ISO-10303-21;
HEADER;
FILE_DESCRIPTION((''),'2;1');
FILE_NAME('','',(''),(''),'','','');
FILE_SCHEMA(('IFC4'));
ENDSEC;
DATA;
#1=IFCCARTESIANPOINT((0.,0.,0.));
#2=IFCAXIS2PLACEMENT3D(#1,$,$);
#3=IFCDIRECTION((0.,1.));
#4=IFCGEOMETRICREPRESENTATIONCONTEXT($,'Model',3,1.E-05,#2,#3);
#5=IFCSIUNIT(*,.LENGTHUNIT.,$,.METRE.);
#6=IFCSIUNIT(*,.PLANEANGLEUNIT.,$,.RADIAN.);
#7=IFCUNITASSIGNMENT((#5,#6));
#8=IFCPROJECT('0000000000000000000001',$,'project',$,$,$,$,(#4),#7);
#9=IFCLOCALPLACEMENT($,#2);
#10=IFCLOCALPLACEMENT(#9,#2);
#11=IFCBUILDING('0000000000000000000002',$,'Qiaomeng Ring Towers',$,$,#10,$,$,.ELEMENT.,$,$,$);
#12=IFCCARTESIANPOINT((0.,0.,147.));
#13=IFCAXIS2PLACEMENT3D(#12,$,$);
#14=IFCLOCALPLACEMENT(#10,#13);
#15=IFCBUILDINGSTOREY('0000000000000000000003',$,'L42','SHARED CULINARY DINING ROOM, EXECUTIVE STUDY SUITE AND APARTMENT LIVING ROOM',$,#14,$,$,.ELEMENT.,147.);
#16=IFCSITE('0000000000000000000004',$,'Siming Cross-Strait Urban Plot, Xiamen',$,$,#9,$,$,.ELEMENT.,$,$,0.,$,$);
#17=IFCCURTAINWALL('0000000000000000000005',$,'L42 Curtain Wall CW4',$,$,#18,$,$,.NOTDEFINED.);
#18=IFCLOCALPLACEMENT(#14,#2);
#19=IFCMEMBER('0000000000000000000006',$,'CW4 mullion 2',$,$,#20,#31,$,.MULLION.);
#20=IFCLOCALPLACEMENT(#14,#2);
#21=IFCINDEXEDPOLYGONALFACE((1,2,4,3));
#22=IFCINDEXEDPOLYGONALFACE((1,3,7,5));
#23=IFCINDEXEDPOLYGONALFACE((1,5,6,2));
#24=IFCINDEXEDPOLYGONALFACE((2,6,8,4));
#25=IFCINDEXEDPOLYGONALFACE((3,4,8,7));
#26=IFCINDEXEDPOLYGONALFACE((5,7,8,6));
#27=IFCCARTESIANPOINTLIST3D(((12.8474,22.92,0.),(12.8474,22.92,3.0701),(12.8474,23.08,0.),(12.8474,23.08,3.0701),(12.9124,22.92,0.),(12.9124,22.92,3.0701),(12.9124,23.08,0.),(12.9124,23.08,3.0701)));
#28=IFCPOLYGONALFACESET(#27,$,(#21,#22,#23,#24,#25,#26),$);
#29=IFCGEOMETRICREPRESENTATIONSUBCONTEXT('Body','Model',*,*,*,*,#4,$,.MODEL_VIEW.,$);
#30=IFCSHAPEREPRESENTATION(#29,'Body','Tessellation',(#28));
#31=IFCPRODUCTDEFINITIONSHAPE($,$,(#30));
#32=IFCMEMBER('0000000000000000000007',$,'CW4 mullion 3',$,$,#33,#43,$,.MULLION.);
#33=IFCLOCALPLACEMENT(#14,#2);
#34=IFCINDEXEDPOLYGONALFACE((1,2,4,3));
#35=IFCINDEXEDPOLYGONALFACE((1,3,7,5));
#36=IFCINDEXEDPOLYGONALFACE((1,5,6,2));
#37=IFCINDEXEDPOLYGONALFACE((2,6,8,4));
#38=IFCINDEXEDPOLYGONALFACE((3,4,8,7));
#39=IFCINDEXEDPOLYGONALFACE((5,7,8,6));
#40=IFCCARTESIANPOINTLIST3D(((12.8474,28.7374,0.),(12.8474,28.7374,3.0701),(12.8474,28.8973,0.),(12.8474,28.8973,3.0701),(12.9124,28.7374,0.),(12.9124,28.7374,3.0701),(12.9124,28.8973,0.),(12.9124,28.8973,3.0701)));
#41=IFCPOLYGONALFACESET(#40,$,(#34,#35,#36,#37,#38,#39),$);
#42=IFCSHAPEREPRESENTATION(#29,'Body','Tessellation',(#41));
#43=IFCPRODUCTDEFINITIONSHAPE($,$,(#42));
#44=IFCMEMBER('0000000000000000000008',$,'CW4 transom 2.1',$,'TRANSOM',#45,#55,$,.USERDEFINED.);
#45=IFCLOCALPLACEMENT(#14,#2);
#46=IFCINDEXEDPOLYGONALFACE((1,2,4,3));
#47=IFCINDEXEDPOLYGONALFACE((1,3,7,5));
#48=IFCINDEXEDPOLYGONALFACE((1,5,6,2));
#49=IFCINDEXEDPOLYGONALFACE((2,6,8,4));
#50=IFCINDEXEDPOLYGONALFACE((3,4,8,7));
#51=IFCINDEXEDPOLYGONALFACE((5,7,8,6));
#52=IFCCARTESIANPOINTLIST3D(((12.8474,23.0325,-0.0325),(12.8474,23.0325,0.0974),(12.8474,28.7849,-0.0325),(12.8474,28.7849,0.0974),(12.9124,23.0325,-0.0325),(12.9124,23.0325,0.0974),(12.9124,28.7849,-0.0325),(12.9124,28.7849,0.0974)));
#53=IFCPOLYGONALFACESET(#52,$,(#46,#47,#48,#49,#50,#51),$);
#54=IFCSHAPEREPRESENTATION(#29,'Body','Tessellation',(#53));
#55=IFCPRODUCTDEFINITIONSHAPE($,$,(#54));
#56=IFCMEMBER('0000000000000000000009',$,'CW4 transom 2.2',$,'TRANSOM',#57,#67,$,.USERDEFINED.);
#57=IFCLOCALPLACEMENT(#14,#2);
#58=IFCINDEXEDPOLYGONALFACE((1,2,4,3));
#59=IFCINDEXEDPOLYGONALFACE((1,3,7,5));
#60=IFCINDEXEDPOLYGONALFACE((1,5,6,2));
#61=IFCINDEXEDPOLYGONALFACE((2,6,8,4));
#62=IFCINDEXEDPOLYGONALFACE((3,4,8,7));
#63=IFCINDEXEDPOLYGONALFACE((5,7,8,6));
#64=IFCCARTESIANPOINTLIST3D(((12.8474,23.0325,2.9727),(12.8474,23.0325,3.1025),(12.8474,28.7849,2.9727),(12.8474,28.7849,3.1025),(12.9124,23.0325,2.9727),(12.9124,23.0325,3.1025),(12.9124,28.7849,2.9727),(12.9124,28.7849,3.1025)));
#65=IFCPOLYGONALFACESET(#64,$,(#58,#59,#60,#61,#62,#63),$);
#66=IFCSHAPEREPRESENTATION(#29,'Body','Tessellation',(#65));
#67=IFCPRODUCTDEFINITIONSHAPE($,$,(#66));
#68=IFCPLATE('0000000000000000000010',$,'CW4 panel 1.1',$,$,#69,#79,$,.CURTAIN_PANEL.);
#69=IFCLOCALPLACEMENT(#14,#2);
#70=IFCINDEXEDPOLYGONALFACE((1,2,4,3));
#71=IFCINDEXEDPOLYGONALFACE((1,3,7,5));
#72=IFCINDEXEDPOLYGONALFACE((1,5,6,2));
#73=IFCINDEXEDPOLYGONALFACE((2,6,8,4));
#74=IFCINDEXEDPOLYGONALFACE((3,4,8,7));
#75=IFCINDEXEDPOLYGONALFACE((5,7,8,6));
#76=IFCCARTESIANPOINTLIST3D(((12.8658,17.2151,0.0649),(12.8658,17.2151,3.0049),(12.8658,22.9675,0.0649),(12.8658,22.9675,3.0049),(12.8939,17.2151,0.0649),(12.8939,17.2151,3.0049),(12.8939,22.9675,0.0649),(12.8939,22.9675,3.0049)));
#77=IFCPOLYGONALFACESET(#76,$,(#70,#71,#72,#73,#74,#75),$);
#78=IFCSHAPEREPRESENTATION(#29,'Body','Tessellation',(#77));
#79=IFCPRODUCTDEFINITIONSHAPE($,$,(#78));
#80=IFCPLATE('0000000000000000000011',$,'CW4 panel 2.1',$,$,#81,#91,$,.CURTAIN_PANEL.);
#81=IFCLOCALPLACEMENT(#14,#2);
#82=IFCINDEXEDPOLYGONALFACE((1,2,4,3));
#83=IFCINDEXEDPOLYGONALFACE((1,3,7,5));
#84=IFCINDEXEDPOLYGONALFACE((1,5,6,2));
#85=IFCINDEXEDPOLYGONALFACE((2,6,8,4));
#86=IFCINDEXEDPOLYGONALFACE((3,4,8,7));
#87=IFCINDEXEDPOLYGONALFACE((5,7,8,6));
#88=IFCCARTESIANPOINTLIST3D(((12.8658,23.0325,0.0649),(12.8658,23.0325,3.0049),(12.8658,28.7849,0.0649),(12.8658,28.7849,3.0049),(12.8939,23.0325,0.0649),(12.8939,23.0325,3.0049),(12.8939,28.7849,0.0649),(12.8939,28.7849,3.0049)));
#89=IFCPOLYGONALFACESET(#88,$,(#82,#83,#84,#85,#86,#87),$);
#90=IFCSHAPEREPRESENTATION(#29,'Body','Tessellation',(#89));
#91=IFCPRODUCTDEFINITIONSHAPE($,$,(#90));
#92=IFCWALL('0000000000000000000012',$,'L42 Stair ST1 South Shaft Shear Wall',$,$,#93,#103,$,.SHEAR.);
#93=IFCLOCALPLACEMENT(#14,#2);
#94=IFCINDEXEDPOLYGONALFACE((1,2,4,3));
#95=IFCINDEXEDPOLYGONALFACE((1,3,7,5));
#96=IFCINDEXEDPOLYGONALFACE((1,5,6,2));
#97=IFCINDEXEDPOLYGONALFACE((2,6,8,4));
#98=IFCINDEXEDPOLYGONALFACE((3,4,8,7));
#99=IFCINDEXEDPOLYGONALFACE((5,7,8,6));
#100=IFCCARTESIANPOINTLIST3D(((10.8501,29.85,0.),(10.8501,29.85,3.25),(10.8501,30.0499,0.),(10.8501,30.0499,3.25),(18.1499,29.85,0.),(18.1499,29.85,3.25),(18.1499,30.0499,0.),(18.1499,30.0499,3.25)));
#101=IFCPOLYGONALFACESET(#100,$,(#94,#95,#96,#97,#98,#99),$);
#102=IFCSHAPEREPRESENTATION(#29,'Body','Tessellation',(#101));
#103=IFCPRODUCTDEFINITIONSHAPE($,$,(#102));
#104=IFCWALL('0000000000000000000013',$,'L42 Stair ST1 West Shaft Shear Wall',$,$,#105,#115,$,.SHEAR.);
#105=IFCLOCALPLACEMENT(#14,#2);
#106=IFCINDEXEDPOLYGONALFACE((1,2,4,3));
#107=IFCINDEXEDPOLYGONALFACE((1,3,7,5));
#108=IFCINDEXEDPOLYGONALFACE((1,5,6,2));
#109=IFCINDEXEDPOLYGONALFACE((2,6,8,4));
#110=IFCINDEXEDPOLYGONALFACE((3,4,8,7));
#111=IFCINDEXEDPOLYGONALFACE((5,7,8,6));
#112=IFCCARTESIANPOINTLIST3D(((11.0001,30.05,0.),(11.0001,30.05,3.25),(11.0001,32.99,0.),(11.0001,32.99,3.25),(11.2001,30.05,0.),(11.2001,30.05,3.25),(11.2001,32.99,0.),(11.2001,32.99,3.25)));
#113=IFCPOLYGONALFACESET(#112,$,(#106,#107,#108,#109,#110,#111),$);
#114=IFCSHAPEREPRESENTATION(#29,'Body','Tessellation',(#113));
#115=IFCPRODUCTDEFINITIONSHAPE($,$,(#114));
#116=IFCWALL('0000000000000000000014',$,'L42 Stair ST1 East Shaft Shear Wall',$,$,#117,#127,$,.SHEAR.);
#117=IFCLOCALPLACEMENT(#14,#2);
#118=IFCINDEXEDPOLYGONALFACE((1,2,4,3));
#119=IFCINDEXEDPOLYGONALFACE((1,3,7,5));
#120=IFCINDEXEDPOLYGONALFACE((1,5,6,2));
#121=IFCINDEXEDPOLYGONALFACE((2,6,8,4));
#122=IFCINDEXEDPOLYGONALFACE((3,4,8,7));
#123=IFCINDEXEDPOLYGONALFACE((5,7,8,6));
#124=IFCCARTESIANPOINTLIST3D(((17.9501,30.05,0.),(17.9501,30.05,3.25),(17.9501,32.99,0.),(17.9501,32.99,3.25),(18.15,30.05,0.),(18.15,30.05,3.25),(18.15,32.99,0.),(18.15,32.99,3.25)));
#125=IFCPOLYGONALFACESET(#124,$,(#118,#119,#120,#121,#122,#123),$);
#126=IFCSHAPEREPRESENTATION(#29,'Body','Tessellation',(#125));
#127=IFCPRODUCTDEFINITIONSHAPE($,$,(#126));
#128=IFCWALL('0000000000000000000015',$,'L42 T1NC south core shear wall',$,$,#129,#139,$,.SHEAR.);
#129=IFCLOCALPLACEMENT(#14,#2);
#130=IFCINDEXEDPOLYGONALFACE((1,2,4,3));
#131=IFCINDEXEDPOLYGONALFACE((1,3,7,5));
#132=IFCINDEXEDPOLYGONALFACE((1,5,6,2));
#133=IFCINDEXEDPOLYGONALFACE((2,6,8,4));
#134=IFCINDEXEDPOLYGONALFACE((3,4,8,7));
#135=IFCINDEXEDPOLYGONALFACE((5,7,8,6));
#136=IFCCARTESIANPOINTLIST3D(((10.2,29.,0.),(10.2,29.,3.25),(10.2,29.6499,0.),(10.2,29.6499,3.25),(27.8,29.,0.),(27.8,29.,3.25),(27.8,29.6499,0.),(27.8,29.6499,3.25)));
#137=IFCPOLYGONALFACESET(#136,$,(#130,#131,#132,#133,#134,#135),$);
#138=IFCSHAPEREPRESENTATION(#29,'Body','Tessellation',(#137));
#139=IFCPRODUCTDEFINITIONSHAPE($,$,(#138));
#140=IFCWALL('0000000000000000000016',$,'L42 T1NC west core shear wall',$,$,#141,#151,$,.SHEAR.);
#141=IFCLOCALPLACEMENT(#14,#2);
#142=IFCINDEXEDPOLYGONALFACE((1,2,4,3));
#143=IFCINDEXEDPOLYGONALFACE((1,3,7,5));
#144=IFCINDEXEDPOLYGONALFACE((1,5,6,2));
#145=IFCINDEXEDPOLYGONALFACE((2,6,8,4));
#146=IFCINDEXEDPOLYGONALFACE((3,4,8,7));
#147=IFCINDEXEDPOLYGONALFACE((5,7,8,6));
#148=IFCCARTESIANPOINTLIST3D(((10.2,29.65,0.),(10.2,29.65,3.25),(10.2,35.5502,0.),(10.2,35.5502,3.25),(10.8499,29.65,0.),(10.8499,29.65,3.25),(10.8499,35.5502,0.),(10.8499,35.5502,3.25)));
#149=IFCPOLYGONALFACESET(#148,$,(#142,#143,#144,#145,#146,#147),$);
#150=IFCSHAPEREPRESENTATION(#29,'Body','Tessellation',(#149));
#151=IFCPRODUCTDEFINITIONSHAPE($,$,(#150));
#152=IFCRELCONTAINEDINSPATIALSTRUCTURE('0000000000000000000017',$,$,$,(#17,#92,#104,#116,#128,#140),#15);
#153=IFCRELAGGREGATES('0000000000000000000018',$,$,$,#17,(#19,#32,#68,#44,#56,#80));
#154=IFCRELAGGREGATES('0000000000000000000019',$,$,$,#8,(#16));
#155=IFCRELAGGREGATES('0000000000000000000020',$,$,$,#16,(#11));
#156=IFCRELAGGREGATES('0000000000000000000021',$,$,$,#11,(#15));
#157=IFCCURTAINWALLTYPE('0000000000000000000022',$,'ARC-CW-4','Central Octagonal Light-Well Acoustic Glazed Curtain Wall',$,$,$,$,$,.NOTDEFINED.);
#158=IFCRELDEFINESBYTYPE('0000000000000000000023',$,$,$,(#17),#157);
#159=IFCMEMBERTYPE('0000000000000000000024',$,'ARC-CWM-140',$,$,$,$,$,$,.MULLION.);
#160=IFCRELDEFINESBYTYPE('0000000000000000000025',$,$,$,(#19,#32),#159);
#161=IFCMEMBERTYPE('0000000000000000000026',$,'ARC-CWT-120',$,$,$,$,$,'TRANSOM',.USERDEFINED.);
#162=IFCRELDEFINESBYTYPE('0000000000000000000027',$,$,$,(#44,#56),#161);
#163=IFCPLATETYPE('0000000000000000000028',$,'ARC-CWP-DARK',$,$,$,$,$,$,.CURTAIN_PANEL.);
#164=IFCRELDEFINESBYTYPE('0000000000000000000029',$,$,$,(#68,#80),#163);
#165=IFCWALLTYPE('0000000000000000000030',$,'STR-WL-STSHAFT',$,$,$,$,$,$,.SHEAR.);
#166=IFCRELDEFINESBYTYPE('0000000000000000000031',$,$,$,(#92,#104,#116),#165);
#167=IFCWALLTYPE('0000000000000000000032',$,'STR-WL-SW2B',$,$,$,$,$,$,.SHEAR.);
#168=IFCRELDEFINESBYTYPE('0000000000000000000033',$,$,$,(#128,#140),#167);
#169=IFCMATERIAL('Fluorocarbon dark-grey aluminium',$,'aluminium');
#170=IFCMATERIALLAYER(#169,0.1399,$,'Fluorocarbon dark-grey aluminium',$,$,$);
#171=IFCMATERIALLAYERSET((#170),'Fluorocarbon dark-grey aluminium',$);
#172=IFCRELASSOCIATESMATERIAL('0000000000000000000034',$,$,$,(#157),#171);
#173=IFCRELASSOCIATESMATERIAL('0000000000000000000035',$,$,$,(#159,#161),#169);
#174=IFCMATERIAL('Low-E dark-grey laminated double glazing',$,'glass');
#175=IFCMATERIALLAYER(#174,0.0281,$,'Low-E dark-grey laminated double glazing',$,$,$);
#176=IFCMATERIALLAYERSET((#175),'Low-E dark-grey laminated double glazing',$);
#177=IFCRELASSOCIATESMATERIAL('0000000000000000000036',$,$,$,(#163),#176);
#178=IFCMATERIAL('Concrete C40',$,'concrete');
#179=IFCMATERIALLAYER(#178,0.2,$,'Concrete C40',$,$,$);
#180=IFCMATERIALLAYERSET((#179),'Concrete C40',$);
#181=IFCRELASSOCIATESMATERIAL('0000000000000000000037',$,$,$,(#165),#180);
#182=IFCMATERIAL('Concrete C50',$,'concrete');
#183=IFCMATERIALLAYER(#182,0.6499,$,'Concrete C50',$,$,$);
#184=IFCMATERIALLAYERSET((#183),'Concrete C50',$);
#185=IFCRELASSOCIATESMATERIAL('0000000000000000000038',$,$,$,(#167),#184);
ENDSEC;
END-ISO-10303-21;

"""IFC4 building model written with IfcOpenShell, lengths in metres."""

from ifc_helpers import new_model, si_unit, direction, frame, frame_2d, origin, origin_2d, place, context, subcontext, project, spatial, rectangle, extrude, source, transform, mapped, material, layer, layer_set, material_profile, profile_set, type_object, element, aggregate, save


model = new_model("IFC4")

# Units and contexts
model_context = context("Model", 3, precision=1e-05, world=origin(), true_north=direction((0.0, 1.0)))
body_context = subcontext(model_context, "Body", "Model", "MODEL_VIEW")
ifc_project = project(units=[si_unit("LENGTHUNIT", "METRE"), si_unit("PLANEANGLEUNIT", "RADIAN")], contexts=[model_context])

# Site, building, storey
site_placement = place(None, origin())
site = spatial("IfcSite", under=ifc_project, at=site_placement, Name="Siming Cross-Strait Urban Plot, Xiamen", CompositionType="ELEMENT", RefElevation=0.0)
building_placement = place(site_placement, origin())
building = spatial("IfcBuilding", under=site, at=building_placement, Name="Qiaomeng Ring Towers", CompositionType="ELEMENT")
storey_placement = place(building_placement, frame((0.0, 0.0, 147.0)))
storey = spatial("IfcBuildingStorey", under=building, at=storey_placement, Name="L42", Description="SHARED CULINARY DINING ROOM, EXECUTIVE STUDY SUITE AND APARTMENT LIVING ROOM", CompositionType="ELEMENT", Elevation=147.0)

# Curtain wall, members, plates
ifc_material_1 = material(Name="Fluorocarbon dark-grey aluminium", Category="aluminium")
ifc_layer_1 = layer(ifc_material_1, 0.1399, Name="Fluorocarbon dark-grey aluminium")
ifc_layer_set_1 = layer_set([ifc_layer_1], Name="Fluorocarbon dark-grey aluminium")
curtain_wall_type = type_object("IfcCurtainWallType", Name="ARC-CW-4", Description="Central Octagonal Light-Well Acoustic Glazed Curtain Wall", PredefinedType="NOTDEFINED", material=ifc_layer_set_1)
curtain_wall_placement = place(storey_placement, origin())
curtain_wall = element("IfcCurtainWall", 1, at=curtain_wall_placement, inside=storey, type_object=curtain_wall_type, Name="L42 Curtain Wall CW4", PredefinedType="NOTDEFINED")
ifc_material_profile_1 = material_profile(ifc_material_1, rectangle(XDim=0.0649, YDim=0.1599, at=origin_2d()), Name="ALU MULL 65x160")
ifc_profile_set_1 = profile_set([ifc_material_profile_1], Name="Fluorocarbon dark-grey aluminium")
member_type_1 = type_object("IfcMemberType", Name="ARC-CWM-140", PredefinedType="MULLION", material=ifc_profile_set_1)
shared_shape_1 = source(origin(), body_context, "Body", "SweptSolid", [
    extrude(rectangle(XDim=0.0649, YDim=0.1599, at=origin_2d()), origin(), (0.0, 0.0, 1.0), 3.0701),
])
member_1_placement = place(storey_placement, frame((12.8799, 23.0, 0.0), z_axis=(0.0, 0.0, 1.0), x_axis=(-1.0, 0.0, 0.0)))
member_1 = element("IfcMember", 2, at=member_1_placement, type_object=member_type_1, Name="CW4 mullion 2", PredefinedType="MULLION", context=body_context, shape_type="MappedRepresentation", body=[
    mapped(shared_shape_1, transform((0.0, 0.0, 0.0), x_axis=(1.0, 0.0, 0.0), y_axis=(0.0, 1.0, 0.0), z_axis=(0.0, 0.0, 1.0), scale=1.0)),
])
member_2_placement = place(storey_placement, frame((12.8799, 28.8174, 0.0), z_axis=(0.0, 0.0, 1.0), x_axis=(-1.0, 0.0, 0.0)))
member_2 = element("IfcMember", 3, at=member_2_placement, type_object=member_type_1, Name="CW4 mullion 3", PredefinedType="MULLION", context=body_context, shape_type="MappedRepresentation", body=[
    mapped(shared_shape_1, transform((0.0, 0.0, 0.0), x_axis=(1.0, 0.0, 0.0), y_axis=(0.0, 1.0, 0.0), z_axis=(0.0, 0.0, 1.0), scale=1.0)),
])
ifc_material_profile_2 = material_profile(ifc_material_1, rectangle(XDim=0.0649, YDim=0.1299, at=origin_2d()), Name="ALU TRAN 65x130")
ifc_profile_set_2 = profile_set([ifc_material_profile_2], Name="Fluorocarbon dark-grey aluminium")
member_type_2 = type_object("IfcMemberType", Name="ARC-CWT-120", ElementType="TRANSOM", PredefinedType="USERDEFINED", material=ifc_profile_set_2)
shared_shape_2 = source(origin(), body_context, "Body", "SweptSolid", [
    extrude(rectangle(XDim=0.0649, YDim=0.1299, at=origin_2d()), origin(), (0.0, 0.0, 1.0), 5.7524),
])
member_3_placement = place(storey_placement, frame((12.8799, 23.0325, 0.0325), z_axis=(0.0, 1.0, 0.0), x_axis=(-1.0, 0.0, 0.0)))
member_3 = element("IfcMember", 4, at=member_3_placement, type_object=member_type_2, Name="CW4 transom 2.1", ObjectType="TRANSOM", PredefinedType="USERDEFINED", context=body_context, shape_type="MappedRepresentation", body=[
    mapped(shared_shape_2, transform((0.0, 0.0, 0.0), x_axis=(1.0, 0.0, 0.0), y_axis=(0.0, 1.0, 0.0), z_axis=(0.0, 0.0, 1.0), scale=1.0)),
])
member_4_placement = place(storey_placement, frame((12.8799, 23.0325, 3.0376), z_axis=(0.0, 1.0, 0.0), x_axis=(-1.0, 0.0, 0.0)))
member_4 = element("IfcMember", 5, at=member_4_placement, type_object=member_type_2, Name="CW4 transom 2.2", ObjectType="TRANSOM", PredefinedType="USERDEFINED", context=body_context, shape_type="MappedRepresentation", body=[
    mapped(shared_shape_2, transform((0.0, 0.0, 0.0), x_axis=(1.0, 0.0, 0.0), y_axis=(0.0, 1.0, 0.0), z_axis=(0.0, 0.0, 1.0), scale=1.0)),
])
ifc_material_2 = material(Name="Low-E dark-grey laminated double glazing", Category="glass")
ifc_layer_2 = layer(ifc_material_2, 0.0281, Name="Low-E dark-grey laminated double glazing")
ifc_layer_set_2 = layer_set([ifc_layer_2], Name="Low-E dark-grey laminated double glazing")
plate_type = type_object("IfcPlateType", Name="ARC-CWP-DARK", PredefinedType="CURTAIN_PANEL", material=ifc_layer_set_2)
shared_shape_3 = source(origin(), body_context, "Body", "SweptSolid", [
    extrude(rectangle(XDim=5.7524, YDim=0.0281, at=origin_2d()), origin(), (0.0, 0.0, 1.0), 2.9399),
])
plate_1_placement = place(storey_placement, frame((12.8799, 20.0913, 0.0649), z_axis=(0.0, 0.0, 1.0), x_axis=(0.0, 1.0, 0.0)))
plate_1 = element("IfcPlate", 6, at=plate_1_placement, type_object=plate_type, Name="CW4 panel 1.1", PredefinedType="CURTAIN_PANEL", context=body_context, shape_type="MappedRepresentation", body=[
    mapped(shared_shape_3, transform((0.0, 0.0, 0.0), x_axis=(1.0, 0.0, 0.0), y_axis=(0.0, 1.0, 0.0), z_axis=(0.0, 0.0, 1.0), scale=1.0)),
])
plate_2_placement = place(storey_placement, frame((12.8799, 25.9087, 0.0649), z_axis=(0.0, 0.0, 1.0), x_axis=(0.0, 1.0, 0.0)))
plate_2 = element("IfcPlate", 7, at=plate_2_placement, type_object=plate_type, Name="CW4 panel 2.1", PredefinedType="CURTAIN_PANEL", context=body_context, shape_type="MappedRepresentation", body=[
    mapped(shared_shape_3, transform((0.0, 0.0, 0.0), x_axis=(1.0, 0.0, 0.0), y_axis=(0.0, 1.0, 0.0), z_axis=(0.0, 0.0, 1.0), scale=1.0)),
])
aggregate(curtain_wall, [member_1, member_2, plate_1, member_3, member_4, plate_2])

# Walls
ifc_material_3 = material(Name="Concrete C40", Category="concrete")
ifc_layer_3 = layer(ifc_material_3, 0.2, Name="Concrete C40")
ifc_layer_set_3 = layer_set([ifc_layer_3], Name="Concrete C40")
wall_type_1 = type_object("IfcWallType", Name="STR-WL-STSHAFT", PredefinedType="SHEAR", material=ifc_layer_set_3)
wall_1_placement = place(storey_placement, frame((10.8501, 29.95, 0.0), z_axis=(0.0, 0.0, 1.0), x_axis=(1.0, 0.0, 0.0)))
element("IfcWall", 8, at=wall_1_placement, inside=storey, type_object=wall_type_1, Name="L42 Stair ST1 South Shaft Shear Wall", PredefinedType="SHEAR", context=body_context, shape_type="SweptSolid", body=[
    extrude(rectangle(XDim=7.2998, YDim=0.2, at=frame_2d((3.6499, 0.0))), origin(), (0.0, 0.0, 1.0), 3.25),
])
for number, where, z_axis, x_axis, name in (
    (9, (11.1001, 30.05, 0.0), (0.0, 0.0, 1.0), (0.0, 1.0, 0.0), "L42 Stair ST1 West Shaft Shear Wall"),
    (10, (18.05, 30.05, 0.0), (0.0, 0.0, 1.0), (0.0, 1.0, 0.0), "L42 Stair ST1 East Shaft Shear Wall"),
):
    element("IfcWall", number, at=place(storey_placement, frame(where, z_axis=z_axis, x_axis=x_axis)), inside=storey, type_object=wall_type_1, Name=name, PredefinedType="SHEAR", context=body_context, shape_type="SweptSolid", body=[
        extrude(rectangle(XDim=2.9399, YDim=0.2, at=frame_2d((1.47, 0.0))), origin(), (0.0, 0.0, 1.0), 3.25),
    ])
ifc_material_4 = material(Name="Concrete C50", Category="concrete")
ifc_layer_4 = layer(ifc_material_4, 0.6499, Name="Concrete C50")
ifc_layer_set_4 = layer_set([ifc_layer_4], Name="Concrete C50")
wall_type_2 = type_object("IfcWallType", Name="STR-WL-SW2B", PredefinedType="SHEAR", material=ifc_layer_set_4)
wall_2_placement = place(storey_placement, frame((10.2, 29.325, 0.0), z_axis=(0.0, 0.0, 1.0), x_axis=(1.0, 0.0, 0.0)))
element("IfcWall", 11, at=wall_2_placement, inside=storey, type_object=wall_type_2, Name="L42 T1NC south core shear wall", PredefinedType="SHEAR", context=body_context, shape_type="SweptSolid", body=[
    extrude(rectangle(XDim=17.6001, YDim=0.6499, at=frame_2d((8.8, 0.0))), origin(), (0.0, 0.0, 1.0), 3.25),
])
wall_3_placement = place(storey_placement, frame((10.5249, 29.6499, 0.0), z_axis=(0.0, 0.0, 1.0), x_axis=(0.0, 1.0, 0.0)))
element("IfcWall", 12, at=wall_3_placement, inside=storey, type_object=wall_type_2, Name="L42 T1NC west core shear wall", PredefinedType="SHEAR", context=body_context, shape_type="SweptSolid", body=[
    extrude(rectangle(XDim=5.9001, YDim=0.6499, at=frame_2d((2.9502, 0.0))), origin(), (0.0, 0.0, 1.0), 3.25),
])

save(model, "model.ifc")
